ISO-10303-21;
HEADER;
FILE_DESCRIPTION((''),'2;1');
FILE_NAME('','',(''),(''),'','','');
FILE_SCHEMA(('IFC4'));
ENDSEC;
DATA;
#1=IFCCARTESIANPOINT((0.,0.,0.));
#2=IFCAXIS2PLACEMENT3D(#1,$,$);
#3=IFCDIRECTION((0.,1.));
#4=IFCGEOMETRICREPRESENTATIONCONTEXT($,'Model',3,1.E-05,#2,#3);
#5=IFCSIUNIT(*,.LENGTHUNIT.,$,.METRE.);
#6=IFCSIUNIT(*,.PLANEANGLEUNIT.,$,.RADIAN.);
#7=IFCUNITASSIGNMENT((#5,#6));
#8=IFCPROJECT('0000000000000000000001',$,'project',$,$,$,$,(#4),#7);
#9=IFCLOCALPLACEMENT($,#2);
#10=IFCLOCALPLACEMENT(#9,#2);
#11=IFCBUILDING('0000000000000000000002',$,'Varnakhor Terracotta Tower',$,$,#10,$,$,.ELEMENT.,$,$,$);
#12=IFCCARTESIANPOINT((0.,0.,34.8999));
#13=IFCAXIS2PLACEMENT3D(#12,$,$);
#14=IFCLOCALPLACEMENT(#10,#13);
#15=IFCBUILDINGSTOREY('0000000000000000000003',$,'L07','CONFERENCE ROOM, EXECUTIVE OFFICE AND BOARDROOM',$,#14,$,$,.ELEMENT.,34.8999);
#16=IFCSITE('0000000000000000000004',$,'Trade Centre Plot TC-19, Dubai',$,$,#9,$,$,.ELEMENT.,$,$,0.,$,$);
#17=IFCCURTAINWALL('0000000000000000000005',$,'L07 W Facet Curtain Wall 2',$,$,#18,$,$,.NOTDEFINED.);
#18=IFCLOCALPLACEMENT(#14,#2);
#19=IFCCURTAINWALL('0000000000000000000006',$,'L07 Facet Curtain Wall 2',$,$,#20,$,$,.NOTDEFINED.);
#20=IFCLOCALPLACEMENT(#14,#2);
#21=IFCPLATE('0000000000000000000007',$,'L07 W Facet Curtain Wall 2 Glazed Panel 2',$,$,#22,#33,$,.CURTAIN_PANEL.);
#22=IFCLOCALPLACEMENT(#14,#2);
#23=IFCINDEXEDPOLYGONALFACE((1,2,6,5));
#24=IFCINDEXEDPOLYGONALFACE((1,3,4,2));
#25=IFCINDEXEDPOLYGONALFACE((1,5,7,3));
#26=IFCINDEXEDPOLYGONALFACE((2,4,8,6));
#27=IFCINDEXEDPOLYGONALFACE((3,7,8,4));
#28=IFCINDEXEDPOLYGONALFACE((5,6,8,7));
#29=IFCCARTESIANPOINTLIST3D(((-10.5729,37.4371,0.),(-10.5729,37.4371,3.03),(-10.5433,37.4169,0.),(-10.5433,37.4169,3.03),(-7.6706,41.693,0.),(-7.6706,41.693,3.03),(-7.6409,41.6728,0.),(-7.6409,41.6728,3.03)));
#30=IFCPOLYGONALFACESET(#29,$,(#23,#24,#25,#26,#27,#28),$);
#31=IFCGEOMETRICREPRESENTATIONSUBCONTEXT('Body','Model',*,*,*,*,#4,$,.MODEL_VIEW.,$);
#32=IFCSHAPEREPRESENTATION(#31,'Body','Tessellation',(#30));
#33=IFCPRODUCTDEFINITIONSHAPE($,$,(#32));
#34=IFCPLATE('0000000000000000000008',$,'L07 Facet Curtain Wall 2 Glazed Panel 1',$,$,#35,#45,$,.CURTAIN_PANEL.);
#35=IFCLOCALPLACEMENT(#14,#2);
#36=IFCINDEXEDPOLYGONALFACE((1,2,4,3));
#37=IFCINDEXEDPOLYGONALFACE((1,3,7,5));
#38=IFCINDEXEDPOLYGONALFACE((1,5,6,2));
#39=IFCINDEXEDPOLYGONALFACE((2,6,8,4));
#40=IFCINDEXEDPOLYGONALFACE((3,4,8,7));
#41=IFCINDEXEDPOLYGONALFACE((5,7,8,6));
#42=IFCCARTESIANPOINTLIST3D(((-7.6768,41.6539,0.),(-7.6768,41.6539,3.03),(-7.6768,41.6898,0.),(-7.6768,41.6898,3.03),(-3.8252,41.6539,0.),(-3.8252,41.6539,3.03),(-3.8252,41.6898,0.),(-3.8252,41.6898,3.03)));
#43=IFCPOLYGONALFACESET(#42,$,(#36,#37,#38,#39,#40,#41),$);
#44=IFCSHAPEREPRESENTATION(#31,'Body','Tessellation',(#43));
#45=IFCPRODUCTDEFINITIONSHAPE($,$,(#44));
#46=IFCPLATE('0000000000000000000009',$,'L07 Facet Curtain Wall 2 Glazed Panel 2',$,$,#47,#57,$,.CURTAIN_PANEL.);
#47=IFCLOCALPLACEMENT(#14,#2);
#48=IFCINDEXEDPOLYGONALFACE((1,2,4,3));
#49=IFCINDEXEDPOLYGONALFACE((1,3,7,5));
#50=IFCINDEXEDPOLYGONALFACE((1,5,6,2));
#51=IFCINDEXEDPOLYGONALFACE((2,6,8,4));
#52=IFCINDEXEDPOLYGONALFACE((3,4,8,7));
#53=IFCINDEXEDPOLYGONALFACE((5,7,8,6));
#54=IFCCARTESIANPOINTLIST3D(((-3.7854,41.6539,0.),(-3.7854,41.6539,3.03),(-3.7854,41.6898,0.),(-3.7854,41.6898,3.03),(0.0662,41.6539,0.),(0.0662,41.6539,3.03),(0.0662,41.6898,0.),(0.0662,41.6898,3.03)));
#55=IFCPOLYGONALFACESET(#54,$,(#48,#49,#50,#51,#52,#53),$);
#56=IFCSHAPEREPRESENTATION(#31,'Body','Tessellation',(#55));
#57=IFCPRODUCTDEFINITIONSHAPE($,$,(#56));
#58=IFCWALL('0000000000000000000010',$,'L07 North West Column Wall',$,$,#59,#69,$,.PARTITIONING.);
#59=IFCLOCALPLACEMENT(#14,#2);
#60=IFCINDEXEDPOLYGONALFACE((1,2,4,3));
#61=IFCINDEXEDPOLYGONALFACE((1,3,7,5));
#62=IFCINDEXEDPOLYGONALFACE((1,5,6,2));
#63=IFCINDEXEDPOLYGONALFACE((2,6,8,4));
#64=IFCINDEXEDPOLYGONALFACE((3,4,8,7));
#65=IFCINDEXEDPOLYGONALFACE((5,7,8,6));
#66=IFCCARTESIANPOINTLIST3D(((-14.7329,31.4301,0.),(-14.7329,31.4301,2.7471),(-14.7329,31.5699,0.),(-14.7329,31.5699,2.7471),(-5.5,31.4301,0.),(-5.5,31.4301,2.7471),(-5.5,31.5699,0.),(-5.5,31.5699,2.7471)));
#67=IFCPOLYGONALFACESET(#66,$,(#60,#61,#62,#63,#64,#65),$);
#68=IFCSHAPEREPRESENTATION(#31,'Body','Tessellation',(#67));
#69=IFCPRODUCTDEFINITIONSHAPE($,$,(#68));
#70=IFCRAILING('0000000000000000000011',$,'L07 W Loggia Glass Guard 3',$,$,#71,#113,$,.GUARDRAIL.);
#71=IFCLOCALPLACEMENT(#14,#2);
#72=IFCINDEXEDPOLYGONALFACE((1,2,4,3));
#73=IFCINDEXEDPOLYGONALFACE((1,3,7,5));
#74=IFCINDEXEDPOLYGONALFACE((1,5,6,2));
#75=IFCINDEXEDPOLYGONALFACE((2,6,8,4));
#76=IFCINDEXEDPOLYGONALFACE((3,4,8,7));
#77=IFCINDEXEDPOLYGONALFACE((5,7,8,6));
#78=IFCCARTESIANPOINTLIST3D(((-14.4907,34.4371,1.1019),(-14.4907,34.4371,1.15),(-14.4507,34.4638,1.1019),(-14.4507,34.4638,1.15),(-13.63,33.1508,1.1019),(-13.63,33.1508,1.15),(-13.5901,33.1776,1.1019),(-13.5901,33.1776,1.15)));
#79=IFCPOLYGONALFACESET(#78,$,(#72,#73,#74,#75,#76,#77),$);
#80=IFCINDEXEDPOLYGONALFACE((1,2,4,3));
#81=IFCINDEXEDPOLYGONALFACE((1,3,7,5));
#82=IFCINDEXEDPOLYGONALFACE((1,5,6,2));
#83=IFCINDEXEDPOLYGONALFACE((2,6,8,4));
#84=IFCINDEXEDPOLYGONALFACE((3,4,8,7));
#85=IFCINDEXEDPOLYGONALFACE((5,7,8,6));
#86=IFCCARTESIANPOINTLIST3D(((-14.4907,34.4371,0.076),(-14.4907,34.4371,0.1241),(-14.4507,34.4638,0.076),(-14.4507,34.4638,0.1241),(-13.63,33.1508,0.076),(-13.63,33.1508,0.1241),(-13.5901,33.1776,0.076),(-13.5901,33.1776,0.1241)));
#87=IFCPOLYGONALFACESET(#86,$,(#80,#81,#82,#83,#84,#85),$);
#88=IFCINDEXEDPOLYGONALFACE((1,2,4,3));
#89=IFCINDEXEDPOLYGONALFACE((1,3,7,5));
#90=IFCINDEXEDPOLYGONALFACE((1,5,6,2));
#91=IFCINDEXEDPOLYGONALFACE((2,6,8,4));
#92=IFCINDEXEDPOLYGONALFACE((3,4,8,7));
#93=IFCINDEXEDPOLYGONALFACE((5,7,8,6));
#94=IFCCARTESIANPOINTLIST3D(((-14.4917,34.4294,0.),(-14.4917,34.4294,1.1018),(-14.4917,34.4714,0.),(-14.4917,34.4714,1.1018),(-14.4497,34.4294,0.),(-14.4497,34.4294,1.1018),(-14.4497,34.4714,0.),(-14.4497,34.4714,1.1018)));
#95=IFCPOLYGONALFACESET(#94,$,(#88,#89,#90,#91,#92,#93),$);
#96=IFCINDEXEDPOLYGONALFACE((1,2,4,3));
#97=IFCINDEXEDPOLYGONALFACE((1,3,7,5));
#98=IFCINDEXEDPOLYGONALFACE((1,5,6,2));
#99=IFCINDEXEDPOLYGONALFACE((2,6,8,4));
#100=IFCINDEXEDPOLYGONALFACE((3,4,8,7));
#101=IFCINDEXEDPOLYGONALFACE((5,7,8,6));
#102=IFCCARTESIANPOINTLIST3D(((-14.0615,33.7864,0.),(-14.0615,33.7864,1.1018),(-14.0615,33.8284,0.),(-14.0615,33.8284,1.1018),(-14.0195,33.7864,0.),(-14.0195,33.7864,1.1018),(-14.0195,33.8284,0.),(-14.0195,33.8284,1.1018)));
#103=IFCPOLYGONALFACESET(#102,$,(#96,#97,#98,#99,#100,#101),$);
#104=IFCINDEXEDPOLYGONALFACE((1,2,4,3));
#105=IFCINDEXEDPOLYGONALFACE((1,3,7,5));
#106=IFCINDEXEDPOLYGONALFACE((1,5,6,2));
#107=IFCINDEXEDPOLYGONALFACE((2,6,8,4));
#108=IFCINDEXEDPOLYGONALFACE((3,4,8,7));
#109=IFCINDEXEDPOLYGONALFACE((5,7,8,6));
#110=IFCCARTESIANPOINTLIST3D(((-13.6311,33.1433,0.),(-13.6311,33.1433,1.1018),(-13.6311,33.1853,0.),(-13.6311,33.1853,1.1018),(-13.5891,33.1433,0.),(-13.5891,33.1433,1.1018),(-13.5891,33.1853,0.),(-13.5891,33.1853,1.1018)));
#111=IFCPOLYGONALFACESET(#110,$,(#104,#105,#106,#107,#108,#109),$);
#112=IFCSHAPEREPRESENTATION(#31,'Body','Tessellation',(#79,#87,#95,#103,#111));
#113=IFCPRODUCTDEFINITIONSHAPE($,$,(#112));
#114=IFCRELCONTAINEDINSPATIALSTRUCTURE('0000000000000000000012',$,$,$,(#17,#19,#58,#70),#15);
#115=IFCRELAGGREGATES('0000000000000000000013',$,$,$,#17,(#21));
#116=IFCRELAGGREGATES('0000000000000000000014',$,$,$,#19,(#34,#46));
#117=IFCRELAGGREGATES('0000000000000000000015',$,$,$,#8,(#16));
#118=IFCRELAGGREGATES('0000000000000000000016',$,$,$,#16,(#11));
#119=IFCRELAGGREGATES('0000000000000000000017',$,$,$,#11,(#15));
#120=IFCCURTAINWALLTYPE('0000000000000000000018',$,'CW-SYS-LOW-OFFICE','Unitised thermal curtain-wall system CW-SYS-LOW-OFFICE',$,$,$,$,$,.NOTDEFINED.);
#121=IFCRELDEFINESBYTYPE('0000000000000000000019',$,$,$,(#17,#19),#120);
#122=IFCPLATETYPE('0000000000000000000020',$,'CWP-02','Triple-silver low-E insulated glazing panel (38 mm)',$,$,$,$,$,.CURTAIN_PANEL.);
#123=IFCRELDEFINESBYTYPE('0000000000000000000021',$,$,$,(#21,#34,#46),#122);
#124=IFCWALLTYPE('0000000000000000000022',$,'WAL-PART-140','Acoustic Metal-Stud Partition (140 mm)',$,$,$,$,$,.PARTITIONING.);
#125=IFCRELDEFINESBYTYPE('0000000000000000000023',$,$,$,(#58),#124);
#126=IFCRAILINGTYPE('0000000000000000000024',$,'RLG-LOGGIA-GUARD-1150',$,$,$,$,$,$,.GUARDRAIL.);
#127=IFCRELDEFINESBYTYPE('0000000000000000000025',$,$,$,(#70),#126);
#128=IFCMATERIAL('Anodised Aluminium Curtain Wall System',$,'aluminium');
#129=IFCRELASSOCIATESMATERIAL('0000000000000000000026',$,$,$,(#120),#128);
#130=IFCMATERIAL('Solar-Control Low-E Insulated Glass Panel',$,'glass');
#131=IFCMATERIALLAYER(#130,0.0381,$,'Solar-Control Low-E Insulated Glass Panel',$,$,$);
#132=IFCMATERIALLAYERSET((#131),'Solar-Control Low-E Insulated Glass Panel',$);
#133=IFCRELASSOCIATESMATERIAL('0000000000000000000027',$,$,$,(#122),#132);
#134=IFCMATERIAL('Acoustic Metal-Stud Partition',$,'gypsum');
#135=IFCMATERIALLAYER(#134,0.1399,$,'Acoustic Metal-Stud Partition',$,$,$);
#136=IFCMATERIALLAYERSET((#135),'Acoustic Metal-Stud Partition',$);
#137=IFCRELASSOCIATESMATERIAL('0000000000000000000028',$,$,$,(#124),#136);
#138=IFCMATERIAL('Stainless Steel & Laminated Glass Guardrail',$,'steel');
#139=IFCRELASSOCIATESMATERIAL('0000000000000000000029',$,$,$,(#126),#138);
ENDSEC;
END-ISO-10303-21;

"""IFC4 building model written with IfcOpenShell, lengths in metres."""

from ifc_helpers import new_model, si_unit, direction, frame, frame_2d, origin, origin_2d, place, context, subcontext, project, spatial, rectangle, extrude, source, transform, mapped, material, layer, layer_set, type_object, element, aggregate, save


model = new_model("IFC4")

# Units and contexts
model_context = context("Model", 3, precision=1e-05, world=origin(), true_north=direction((0.0, 1.0)))
body_context = subcontext(model_context, "Body", "Model", "MODEL_VIEW")
ifc_project = project(units=[si_unit("LENGTHUNIT", "METRE"), si_unit("PLANEANGLEUNIT", "RADIAN")], contexts=[model_context])

# Site, building, storey
site_placement = place(None, origin())
site = spatial("IfcSite", under=ifc_project, at=site_placement, Name="Trade Centre Plot TC-19, Dubai", CompositionType="ELEMENT", RefElevation=0.0)
building_placement = place(site_placement, origin())
building = spatial("IfcBuilding", under=site, at=building_placement, Name="Varnakhor Terracotta Tower", CompositionType="ELEMENT")
storey_placement = place(building_placement, frame((0.0, 0.0, 34.8999)))
storey = spatial("IfcBuildingStorey", under=building, at=storey_placement, Name="L07", Description="CONFERENCE ROOM, EXECUTIVE OFFICE AND BOARDROOM", CompositionType="ELEMENT", Elevation=34.8999)

# Curtain walls
ifc_material_1 = material(Name="Anodised Aluminium Curtain Wall System", Category="aluminium")
curtain_wall_type = type_object("IfcCurtainWallType", Name="CW-SYS-LOW-OFFICE", Description="Unitised thermal curtain-wall system CW-SYS-LOW-OFFICE", PredefinedType="NOTDEFINED", material=ifc_material_1)
curtain_wall_1_placement = place(storey_placement, origin())
curtain_wall_1 = element("IfcCurtainWall", 1, at=curtain_wall_1_placement, inside=storey, type_object=curtain_wall_type, Name="L07 W Facet Curtain Wall 2", PredefinedType="NOTDEFINED")
curtain_wall_2_placement = place(storey_placement, origin())
curtain_wall_2 = element("IfcCurtainWall", 2, at=curtain_wall_2_placement, inside=storey, type_object=curtain_wall_type, Name="L07 Facet Curtain Wall 2", PredefinedType="NOTDEFINED")

# Plates
ifc_material_2 = material(Name="Solar-Control Low-E Insulated Glass Panel", Category="glass")
ifc_layer_1 = layer(ifc_material_2, 0.0381, Name="Solar-Control Low-E Insulated Glass Panel")
ifc_layer_set_1 = layer_set([ifc_layer_1], Name="Solar-Control Low-E Insulated Glass Panel")
plate_type = type_object("IfcPlateType", Name="CWP-02", Description="Triple-silver low-E insulated glazing panel (38 mm)", PredefinedType="CURTAIN_PANEL", material=ifc_layer_set_1)
shared_shape_1 = source(origin(), body_context, "Body", "SweptSolid", [
    extrude(rectangle(XDim=5.1514, YDim=0.0359, at=origin_2d()), origin(), (0.0, 0.0, 1.0), 3.03),
])
plate_1_placement = place(storey_placement, frame((-9.1069, 39.5549, 0.0), z_axis=(0.0, 0.0, 1.0), x_axis=(0.563411, 0.826177, 0.0)))
plate_1 = element("IfcPlate", 3, at=plate_1_placement, type_object=plate_type, Name="L07 W Facet Curtain Wall 2 Glazed Panel 2", PredefinedType="CURTAIN_PANEL", context=body_context, shape_type="MappedRepresentation", body=[
    mapped(shared_shape_1, transform((0.0, 0.0, 0.0), scale=1.0)),
])
aggregate(curtain_wall_1, [plate_1])
shared_shape_2 = source(origin(), body_context, "Body", "SweptSolid", [
    extrude(rectangle(XDim=3.8516, YDim=0.0359, at=origin_2d()), origin(), (0.0, 0.0, 1.0), 3.03),
])
plate_2_placement = place(storey_placement, frame((-5.751, 41.6719, 0.0), z_axis=(0.0, 0.0, 1.0), x_axis=(1.0, 0.0, 0.0)))
plate_2 = element("IfcPlate", 4, at=plate_2_placement, type_object=plate_type, Name="L07 Facet Curtain Wall 2 Glazed Panel 1", PredefinedType="CURTAIN_PANEL", context=body_context, shape_type="MappedRepresentation", body=[
    mapped(shared_shape_2, transform((0.0, 0.0, 0.0), scale=1.0)),
])
plate_3_placement = place(storey_placement, frame((-1.8596, 41.6719, 0.0), z_axis=(0.0, 0.0, 1.0), x_axis=(1.0, 0.0, 0.0)))
plate_3 = element("IfcPlate", 5, at=plate_3_placement, type_object=plate_type, Name="L07 Facet Curtain Wall 2 Glazed Panel 2", PredefinedType="CURTAIN_PANEL", context=body_context, shape_type="MappedRepresentation", body=[
    mapped(shared_shape_2, transform((0.0, 0.0, 0.0), scale=1.0)),
])
aggregate(curtain_wall_2, [plate_2, plate_3])

# Wall
ifc_material_3 = material(Name="Acoustic Metal-Stud Partition", Category="gypsum")
ifc_layer_2 = layer(ifc_material_3, 0.1399, Name="Acoustic Metal-Stud Partition")
ifc_layer_set_2 = layer_set([ifc_layer_2], Name="Acoustic Metal-Stud Partition")
wall_type = type_object("IfcWallType", Name="WAL-PART-140", Description="Acoustic Metal-Stud Partition (140 mm)", PredefinedType="PARTITIONING", material=ifc_layer_set_2)
wall_placement = place(storey_placement, frame((-14.7329, 31.5, 0.0), z_axis=(0.0, 0.0, 1.0), x_axis=(1.0, 0.0, 0.0)))
element("IfcWall", 6, at=wall_placement, inside=storey, type_object=wall_type, Name="L07 North West Column Wall", PredefinedType="PARTITIONING", context=body_context, shape_type="SweptSolid", body=[
    extrude(rectangle(XDim=9.2329, YDim=0.1399, at=frame_2d((4.6165, 0.0))), origin(), (0.0, 0.0, 1.0), 2.7471),
])

# Railing
ifc_material_4 = material(Name="Stainless Steel & Laminated Glass Guardrail", Category="steel")
railing_type = type_object("IfcRailingType", Name="RLG-LOGGIA-GUARD-1150", PredefinedType="GUARDRAIL", material=ifc_material_4)
railing_placement = place(storey_placement, frame((-14.4707, 34.4504, 0.0)))
element("IfcRailing", 7, at=railing_placement, inside=storey, type_object=railing_type, Name="L07 W Loggia Glass Guard 3", PredefinedType="GUARDRAIL", context=body_context, shape_type="SweptSolid", body=[
    extrude(rectangle(XDim=0.0481, YDim=0.0481, at=origin_2d()), frame((0.0, 0.0, 1.126), z_axis=(0.556119, -0.831102, 0.0), x_axis=(0.831102, 0.556119, 0.0)), (0.0, 0.0, 1.0), 1.5476),
    extrude(rectangle(XDim=0.0481, YDim=0.0481, at=origin_2d()), frame((0.0, 0.0, 0.1001), z_axis=(0.556119, -0.831102, 0.0), x_axis=(0.831102, 0.556119, 0.0)), (0.0, 0.0, 1.0), 1.5476),
    extrude(rectangle(XDim=0.042, YDim=0.042, at=origin_2d()), origin(), (0.0, 0.0, 1.0), 1.1018),
    extrude(rectangle(XDim=0.042, YDim=0.042, at=origin_2d()), frame((0.4302, -0.6431, 0.0)), (0.0, 0.0, 1.0), 1.1018),
    extrude(rectangle(XDim=0.042, YDim=0.042, at=origin_2d()), frame((0.8606, -1.2861, 0.0)), (0.0, 0.0, 1.0), 1.1018),
])

save(model, "model.ifc")
